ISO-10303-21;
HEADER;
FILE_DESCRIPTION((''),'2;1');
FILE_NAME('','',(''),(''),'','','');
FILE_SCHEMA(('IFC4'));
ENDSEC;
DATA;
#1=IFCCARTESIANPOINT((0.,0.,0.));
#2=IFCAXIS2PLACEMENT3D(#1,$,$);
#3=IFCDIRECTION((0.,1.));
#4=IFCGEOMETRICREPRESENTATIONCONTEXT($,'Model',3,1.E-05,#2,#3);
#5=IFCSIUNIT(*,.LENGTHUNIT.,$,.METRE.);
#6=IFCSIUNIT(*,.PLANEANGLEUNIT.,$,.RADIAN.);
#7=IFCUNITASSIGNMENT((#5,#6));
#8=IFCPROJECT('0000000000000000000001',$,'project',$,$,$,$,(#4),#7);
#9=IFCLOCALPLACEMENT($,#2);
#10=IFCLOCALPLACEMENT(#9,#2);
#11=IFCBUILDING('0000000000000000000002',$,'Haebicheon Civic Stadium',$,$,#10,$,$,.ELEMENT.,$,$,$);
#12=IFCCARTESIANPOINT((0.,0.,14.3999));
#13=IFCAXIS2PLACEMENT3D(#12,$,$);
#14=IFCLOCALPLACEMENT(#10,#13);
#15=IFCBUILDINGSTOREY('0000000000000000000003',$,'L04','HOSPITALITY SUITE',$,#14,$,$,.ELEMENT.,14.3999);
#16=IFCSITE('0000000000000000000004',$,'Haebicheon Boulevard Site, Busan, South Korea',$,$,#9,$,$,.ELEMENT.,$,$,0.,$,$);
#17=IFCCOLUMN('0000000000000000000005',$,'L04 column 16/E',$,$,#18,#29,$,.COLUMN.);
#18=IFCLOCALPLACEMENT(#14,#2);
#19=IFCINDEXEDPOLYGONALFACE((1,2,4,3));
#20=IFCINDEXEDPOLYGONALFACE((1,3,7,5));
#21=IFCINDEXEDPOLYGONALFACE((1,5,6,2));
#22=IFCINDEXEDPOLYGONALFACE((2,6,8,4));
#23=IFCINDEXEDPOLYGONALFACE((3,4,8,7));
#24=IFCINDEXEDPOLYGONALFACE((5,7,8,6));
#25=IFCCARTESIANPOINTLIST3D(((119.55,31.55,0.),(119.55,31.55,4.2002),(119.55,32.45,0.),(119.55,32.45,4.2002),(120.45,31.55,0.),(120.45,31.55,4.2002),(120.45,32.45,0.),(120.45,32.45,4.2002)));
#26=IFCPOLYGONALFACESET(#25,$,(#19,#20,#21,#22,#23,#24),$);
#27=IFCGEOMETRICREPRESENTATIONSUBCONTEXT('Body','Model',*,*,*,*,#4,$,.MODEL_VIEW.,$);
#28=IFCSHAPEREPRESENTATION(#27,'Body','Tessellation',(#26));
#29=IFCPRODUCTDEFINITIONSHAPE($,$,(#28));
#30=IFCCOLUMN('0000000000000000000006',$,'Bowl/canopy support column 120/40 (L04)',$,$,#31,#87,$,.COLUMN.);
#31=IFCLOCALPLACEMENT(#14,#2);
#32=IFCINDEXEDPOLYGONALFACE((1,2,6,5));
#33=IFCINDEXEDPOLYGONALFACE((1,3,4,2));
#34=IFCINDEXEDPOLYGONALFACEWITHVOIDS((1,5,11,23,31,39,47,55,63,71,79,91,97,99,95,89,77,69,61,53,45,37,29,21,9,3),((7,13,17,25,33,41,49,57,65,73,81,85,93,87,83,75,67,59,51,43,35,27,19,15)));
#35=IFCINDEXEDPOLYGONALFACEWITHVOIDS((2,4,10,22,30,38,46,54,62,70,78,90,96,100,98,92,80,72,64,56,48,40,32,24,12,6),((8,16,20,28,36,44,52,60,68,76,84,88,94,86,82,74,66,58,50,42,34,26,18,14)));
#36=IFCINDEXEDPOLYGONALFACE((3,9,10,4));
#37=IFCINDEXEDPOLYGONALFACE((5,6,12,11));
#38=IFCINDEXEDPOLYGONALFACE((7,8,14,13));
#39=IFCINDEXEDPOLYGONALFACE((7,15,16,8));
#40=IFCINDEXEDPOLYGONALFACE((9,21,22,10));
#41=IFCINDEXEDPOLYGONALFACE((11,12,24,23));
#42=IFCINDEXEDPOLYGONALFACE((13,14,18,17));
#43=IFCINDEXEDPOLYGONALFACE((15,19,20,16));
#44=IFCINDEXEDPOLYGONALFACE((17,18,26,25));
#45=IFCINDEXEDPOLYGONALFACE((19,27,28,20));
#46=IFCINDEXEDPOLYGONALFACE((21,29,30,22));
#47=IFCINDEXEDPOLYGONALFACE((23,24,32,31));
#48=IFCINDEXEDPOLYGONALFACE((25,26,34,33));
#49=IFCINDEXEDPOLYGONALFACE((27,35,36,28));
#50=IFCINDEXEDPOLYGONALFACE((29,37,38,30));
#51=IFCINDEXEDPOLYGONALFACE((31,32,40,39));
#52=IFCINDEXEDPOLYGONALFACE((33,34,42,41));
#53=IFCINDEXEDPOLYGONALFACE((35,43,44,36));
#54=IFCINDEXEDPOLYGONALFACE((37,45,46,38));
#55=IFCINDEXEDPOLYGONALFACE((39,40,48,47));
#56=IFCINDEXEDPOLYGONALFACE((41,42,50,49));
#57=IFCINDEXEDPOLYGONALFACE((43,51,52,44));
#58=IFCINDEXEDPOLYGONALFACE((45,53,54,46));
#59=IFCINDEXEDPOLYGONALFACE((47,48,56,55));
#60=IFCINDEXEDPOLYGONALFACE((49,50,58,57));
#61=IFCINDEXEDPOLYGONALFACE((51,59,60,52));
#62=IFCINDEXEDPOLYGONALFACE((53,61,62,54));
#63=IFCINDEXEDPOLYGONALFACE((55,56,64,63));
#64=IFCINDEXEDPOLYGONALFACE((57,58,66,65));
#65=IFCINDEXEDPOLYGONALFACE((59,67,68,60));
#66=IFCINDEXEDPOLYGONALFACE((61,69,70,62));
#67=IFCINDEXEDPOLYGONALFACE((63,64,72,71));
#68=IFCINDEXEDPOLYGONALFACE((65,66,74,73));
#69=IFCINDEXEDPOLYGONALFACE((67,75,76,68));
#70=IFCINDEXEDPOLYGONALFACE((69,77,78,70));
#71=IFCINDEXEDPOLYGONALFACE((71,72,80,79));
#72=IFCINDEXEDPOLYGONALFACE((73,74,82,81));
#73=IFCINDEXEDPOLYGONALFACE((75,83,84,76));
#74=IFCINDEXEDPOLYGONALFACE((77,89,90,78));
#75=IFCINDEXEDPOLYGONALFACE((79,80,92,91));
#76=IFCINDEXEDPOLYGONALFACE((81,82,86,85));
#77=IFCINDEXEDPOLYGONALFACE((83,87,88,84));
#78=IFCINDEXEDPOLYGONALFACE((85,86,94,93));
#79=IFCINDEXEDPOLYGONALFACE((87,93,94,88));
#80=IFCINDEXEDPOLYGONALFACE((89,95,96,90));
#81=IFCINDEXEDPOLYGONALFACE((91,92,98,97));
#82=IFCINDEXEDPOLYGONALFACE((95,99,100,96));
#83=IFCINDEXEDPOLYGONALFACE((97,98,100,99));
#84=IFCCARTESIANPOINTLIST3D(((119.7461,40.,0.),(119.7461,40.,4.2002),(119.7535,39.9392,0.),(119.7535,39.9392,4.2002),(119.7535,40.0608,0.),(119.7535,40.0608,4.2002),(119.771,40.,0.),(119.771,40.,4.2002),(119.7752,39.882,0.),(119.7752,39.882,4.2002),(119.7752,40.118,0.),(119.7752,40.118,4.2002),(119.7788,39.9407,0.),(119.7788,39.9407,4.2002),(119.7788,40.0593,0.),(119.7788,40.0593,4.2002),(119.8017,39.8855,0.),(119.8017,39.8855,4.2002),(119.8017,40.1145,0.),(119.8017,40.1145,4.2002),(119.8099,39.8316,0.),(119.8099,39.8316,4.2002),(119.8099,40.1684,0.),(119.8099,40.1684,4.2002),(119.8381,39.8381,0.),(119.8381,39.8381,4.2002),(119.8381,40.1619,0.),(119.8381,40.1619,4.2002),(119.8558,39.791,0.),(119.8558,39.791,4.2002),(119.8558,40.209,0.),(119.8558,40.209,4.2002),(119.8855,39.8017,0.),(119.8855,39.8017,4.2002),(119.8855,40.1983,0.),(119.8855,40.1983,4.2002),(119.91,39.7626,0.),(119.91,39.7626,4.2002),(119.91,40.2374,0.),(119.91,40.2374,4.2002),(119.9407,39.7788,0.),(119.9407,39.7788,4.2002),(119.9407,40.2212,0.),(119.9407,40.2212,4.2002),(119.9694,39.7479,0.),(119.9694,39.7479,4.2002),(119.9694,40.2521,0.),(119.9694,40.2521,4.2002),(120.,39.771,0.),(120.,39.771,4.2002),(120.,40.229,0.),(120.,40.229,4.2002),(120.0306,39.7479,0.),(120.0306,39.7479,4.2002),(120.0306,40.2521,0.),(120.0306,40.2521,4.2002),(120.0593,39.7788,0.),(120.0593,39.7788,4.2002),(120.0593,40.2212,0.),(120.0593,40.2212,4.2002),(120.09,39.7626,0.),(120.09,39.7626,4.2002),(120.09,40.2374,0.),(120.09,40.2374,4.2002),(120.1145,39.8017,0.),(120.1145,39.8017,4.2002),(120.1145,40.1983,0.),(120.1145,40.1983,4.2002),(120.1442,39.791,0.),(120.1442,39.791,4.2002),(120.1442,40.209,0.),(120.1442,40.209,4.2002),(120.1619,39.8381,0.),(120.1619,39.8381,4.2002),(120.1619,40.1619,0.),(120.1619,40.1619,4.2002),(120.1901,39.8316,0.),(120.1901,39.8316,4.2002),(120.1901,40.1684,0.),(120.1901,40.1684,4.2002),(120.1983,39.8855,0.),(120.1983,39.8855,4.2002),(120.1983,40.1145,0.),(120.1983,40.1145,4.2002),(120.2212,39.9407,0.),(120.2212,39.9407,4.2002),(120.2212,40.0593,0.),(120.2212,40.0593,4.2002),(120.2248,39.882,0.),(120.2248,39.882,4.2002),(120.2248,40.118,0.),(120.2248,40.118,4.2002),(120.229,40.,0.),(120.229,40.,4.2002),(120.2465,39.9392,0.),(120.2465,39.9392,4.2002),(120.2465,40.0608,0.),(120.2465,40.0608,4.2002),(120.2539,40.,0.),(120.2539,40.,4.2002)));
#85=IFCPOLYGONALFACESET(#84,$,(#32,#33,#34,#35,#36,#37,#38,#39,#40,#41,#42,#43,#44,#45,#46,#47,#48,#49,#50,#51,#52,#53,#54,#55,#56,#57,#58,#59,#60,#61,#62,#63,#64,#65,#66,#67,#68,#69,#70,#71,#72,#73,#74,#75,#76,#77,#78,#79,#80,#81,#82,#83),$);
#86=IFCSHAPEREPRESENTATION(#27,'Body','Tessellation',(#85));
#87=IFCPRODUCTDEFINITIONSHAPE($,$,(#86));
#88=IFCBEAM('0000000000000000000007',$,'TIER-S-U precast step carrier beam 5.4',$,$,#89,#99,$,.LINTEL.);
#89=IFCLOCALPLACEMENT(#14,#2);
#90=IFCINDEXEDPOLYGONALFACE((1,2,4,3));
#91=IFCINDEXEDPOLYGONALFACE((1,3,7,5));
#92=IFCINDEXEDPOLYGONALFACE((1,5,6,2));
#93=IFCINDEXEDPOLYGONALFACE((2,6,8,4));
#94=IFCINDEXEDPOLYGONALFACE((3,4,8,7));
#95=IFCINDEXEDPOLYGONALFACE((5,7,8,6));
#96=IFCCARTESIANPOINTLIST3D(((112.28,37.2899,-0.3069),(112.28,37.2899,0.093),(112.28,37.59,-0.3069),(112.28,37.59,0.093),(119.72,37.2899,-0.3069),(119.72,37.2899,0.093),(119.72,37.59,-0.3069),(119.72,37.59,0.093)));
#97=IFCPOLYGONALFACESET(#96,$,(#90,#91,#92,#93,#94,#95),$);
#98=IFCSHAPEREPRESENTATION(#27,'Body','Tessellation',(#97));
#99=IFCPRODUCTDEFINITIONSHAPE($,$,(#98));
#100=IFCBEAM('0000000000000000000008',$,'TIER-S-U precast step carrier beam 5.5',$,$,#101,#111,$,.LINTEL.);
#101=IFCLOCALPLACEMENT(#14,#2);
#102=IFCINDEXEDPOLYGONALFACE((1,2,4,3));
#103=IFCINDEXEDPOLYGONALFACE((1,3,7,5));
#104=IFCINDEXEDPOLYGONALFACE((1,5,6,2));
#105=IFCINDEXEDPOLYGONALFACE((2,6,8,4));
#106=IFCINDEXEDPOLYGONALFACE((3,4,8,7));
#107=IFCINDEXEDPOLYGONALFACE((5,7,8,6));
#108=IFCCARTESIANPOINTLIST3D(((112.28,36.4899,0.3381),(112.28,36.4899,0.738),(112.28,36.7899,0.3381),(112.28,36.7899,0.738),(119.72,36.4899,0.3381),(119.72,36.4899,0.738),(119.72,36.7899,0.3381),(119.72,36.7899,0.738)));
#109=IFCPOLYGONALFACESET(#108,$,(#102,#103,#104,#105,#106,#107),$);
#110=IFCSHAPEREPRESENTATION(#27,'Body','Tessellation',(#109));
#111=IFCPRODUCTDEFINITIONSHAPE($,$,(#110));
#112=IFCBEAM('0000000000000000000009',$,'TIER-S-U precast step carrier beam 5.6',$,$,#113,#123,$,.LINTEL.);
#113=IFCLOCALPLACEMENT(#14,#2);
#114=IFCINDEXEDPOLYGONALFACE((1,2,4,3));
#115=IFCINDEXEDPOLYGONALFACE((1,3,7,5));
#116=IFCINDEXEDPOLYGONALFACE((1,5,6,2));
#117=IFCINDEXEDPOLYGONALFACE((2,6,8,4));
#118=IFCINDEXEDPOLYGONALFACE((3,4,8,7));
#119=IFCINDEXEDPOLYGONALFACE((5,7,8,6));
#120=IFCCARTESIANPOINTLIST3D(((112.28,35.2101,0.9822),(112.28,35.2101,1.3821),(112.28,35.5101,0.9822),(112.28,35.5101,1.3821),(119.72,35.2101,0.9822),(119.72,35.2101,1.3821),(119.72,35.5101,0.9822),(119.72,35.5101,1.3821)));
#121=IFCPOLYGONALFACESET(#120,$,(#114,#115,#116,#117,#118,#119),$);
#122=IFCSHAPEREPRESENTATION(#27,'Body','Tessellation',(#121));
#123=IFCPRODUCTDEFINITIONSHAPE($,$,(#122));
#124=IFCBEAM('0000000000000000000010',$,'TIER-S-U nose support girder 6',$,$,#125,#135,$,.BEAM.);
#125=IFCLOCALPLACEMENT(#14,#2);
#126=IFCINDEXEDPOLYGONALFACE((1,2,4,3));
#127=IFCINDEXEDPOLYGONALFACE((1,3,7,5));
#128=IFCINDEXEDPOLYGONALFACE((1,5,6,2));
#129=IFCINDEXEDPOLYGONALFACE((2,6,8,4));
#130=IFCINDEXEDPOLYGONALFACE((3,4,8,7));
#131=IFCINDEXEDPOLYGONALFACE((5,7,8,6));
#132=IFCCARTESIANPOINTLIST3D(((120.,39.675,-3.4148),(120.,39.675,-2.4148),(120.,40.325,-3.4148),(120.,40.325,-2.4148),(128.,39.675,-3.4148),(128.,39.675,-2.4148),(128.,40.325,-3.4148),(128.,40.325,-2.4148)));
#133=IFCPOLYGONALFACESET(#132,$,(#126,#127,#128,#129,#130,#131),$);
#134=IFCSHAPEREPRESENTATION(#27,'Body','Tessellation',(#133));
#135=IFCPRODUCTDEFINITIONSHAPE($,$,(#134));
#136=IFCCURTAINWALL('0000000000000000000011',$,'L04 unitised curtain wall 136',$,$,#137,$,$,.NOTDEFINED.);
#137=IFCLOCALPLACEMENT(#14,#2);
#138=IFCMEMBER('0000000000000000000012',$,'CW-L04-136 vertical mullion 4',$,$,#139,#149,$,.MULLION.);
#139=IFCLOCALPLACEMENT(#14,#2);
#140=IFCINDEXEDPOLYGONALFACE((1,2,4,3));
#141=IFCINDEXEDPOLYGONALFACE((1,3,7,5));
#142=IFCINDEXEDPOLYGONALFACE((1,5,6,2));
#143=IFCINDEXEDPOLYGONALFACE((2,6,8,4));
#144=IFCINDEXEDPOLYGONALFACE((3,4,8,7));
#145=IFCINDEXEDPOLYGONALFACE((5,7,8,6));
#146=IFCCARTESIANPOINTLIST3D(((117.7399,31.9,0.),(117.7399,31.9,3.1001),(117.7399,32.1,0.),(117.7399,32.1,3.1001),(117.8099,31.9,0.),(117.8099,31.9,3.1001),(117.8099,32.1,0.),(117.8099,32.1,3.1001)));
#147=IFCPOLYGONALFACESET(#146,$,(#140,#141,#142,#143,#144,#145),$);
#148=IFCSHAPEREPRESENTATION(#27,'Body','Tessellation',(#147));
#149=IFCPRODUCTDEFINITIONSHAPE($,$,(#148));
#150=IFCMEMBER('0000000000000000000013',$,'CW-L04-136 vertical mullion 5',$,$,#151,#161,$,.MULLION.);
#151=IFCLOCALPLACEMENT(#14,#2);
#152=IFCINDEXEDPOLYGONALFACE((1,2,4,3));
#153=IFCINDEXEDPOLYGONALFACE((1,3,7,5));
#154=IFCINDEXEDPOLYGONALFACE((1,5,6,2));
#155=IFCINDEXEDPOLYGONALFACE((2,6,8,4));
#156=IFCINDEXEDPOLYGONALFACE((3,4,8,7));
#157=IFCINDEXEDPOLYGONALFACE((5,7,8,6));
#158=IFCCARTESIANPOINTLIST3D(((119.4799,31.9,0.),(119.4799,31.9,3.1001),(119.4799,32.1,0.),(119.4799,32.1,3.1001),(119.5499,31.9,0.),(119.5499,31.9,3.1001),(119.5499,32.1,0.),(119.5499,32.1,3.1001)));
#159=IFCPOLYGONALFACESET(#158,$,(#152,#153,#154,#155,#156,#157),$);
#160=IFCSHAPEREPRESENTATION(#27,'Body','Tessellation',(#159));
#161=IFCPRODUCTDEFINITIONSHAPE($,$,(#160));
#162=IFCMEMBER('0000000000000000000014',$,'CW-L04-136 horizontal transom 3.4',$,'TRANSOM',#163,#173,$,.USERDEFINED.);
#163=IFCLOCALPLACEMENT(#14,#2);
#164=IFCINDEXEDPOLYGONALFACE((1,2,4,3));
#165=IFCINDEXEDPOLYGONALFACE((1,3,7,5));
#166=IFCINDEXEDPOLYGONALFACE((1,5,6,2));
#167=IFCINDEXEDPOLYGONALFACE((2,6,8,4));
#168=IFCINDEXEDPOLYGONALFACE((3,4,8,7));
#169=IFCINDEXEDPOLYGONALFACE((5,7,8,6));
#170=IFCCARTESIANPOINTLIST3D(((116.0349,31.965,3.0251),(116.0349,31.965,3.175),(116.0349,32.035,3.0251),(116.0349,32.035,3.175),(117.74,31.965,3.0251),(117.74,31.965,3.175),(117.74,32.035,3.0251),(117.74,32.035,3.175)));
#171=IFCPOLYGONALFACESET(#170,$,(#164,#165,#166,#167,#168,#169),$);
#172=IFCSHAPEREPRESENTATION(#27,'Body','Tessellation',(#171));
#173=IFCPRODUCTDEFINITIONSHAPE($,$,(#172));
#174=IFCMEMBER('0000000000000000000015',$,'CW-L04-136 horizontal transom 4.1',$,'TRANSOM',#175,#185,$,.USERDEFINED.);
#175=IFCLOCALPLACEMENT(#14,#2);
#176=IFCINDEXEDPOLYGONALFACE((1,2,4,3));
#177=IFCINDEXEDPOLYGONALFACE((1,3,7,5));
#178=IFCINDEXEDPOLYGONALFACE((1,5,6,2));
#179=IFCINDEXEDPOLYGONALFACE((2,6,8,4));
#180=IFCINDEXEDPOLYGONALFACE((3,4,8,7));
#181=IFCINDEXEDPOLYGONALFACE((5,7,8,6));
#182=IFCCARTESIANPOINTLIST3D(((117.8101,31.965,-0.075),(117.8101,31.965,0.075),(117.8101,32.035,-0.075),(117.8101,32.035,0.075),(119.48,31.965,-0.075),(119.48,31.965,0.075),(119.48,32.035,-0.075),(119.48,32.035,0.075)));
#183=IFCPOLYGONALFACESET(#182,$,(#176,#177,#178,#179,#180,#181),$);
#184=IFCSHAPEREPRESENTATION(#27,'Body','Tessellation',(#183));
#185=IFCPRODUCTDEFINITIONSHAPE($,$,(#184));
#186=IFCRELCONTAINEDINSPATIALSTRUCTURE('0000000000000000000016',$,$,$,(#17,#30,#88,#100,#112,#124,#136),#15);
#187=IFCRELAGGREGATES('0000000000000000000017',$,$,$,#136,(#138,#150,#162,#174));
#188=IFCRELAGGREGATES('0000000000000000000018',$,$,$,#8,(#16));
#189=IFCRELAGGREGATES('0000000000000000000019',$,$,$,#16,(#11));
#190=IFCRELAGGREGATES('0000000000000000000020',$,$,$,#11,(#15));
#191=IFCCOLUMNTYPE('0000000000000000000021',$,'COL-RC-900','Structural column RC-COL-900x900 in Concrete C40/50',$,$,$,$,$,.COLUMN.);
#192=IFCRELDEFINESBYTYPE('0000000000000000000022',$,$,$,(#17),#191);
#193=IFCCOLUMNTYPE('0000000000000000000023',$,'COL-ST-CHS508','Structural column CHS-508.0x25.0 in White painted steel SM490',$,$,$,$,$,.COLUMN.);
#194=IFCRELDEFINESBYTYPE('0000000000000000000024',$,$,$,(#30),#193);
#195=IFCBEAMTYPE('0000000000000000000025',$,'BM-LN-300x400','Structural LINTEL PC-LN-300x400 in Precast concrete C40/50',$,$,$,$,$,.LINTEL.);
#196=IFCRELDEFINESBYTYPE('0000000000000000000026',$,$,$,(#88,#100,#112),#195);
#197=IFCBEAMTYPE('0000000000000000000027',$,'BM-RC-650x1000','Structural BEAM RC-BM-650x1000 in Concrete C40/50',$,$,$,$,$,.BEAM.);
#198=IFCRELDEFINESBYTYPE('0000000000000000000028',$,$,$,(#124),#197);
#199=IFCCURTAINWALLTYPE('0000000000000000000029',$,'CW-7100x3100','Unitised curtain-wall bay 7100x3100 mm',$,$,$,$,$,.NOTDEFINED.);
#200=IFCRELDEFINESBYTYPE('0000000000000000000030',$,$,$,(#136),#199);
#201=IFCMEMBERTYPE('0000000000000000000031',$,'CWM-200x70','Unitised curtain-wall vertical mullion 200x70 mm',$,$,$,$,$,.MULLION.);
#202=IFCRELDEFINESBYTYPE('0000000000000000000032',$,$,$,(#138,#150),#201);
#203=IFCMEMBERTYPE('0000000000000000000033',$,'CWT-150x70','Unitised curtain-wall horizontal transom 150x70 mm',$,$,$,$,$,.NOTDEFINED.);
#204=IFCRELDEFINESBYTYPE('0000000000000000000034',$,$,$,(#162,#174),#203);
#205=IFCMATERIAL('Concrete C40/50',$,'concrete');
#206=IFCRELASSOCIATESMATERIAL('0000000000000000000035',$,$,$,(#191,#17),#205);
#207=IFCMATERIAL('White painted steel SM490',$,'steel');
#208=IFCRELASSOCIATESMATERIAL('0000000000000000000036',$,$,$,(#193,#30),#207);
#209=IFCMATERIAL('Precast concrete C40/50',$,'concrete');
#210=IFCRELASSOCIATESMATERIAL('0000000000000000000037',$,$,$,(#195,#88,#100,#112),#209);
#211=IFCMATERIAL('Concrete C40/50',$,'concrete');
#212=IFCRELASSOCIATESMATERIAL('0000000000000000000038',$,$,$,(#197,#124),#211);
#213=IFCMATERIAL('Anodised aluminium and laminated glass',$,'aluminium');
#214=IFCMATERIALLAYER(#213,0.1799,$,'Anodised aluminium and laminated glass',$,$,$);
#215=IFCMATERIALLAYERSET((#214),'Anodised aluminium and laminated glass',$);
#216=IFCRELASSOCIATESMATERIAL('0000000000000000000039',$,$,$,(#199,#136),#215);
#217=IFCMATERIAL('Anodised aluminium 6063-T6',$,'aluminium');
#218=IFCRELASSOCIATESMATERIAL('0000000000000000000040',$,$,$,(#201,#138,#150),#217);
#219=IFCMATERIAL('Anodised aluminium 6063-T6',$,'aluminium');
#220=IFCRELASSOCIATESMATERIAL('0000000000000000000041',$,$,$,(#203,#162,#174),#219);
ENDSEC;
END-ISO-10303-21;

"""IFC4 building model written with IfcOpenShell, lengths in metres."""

from ifc_helpers import new_model, si_unit, direction, frame, origin, origin_2d, place, context, subcontext, project, spatial, rectangle, hollow_circle, extrude, material, layer, layer_set, material_profile, profile_set, type_object, element, aggregate, save


model = new_model("IFC4")

# Units and contexts
model_context = context("Model", 3, precision=1e-05, world=origin(), true_north=direction((0.0, 1.0)))
body_context = subcontext(model_context, "Body", "Model", "MODEL_VIEW")
ifc_project = project(units=[si_unit("LENGTHUNIT", "METRE"), si_unit("PLANEANGLEUNIT", "RADIAN")], contexts=[model_context])

# Site, building, storey
site_placement = place(None, origin())
site = spatial("IfcSite", under=ifc_project, at=site_placement, Name="Haebicheon Boulevard Site, Busan, South Korea", CompositionType="ELEMENT", RefElevation=0.0)
building_placement = place(site_placement, origin())
building = spatial("IfcBuilding", under=site, at=building_placement, Name="Haebicheon Civic Stadium", CompositionType="ELEMENT")
storey_placement = place(building_placement, frame((0.0, 0.0, 14.3999)))
storey = spatial("IfcBuildingStorey", under=building, at=storey_placement, Name="L04", Description="HOSPITALITY SUITE", CompositionType="ELEMENT", Elevation=14.3999)

# Columns
ifc_material_1 = material(Name="Concrete C40/50", Category="concrete")
ifc_material_profile_1 = material_profile(ifc_material_1, rectangle(XDim=0.8999, YDim=0.8999, at=origin_2d()), Name="RC-COL-900x900")
ifc_profile_set_1 = profile_set([ifc_material_profile_1], Name="Concrete C40/50")
column_type_1 = type_object("IfcColumnType", Name="COL-RC-900", Description="Structural column RC-COL-900x900 in Concrete C40/50", PredefinedType="COLUMN", material=ifc_profile_set_1)
column_1_placement = place(storey_placement, frame((120.0, 32.0, 0.0), z_axis=(0.0, 0.0, 1.0), x_axis=(1.0, 0.0, 0.0)))
element("IfcColumn", 1, at=column_1_placement, inside=storey, type_object=column_type_1, material=ifc_profile_set_1, Name="L04 column 16/E", PredefinedType="COLUMN", context=body_context, shape_type="SweptSolid", body=[
    extrude(rectangle(XDim=0.8999, YDim=0.8999, at=origin_2d()), origin(), (0.0, 0.0, 1.0), 4.2002),
])
ifc_material_2 = material(Name="White painted steel SM490", Category="steel")
ifc_material_profile_2 = material_profile(ifc_material_2, hollow_circle(Radius=0.2539, WallThickness=0.0249, at=origin_2d()), Name="CHS-508.0x25.0")
ifc_profile_set_2 = profile_set([ifc_material_profile_2], Name="White painted steel SM490")
column_type_2 = type_object("IfcColumnType", Name="COL-ST-CHS508", Description="Structural column CHS-508.0x25.0 in White painted steel SM490", PredefinedType="COLUMN", material=ifc_profile_set_2)
column_2_placement = place(storey_placement, frame((120.0, 40.0, 0.0), z_axis=(0.0, 0.0, 1.0), x_axis=(1.0, 0.0, 0.0)))
element("IfcColumn", 2, at=column_2_placement, inside=storey, type_object=column_type_2, material=ifc_profile_set_2, Name="Bowl/canopy support column 120/40 (L04)", PredefinedType="COLUMN", context=body_context, shape_type="SweptSolid", body=[
    extrude(hollow_circle(Radius=0.2539, WallThickness=0.0249, at=origin_2d()), origin(), (0.0, 0.0, 1.0), 4.2002),
])

# Beams
ifc_material_3 = material(Name="Precast concrete C40/50", Category="concrete")
ifc_material_profile_3 = material_profile(ifc_material_3, rectangle(XDim=0.3, YDim=0.3999, at=origin_2d()), Name="PC-LN-300x400")
ifc_profile_set_3 = profile_set([ifc_material_profile_3], Name="Precast concrete C40/50")
beam_type_1 = type_object("IfcBeamType", Name="BM-LN-300x400", Description="Structural LINTEL PC-LN-300x400 in Precast concrete C40/50", PredefinedType="LINTEL", material=ifc_profile_set_3)
for number, where, z_axis, x_axis, name in (
    (3, (112.28, 37.4399, -0.1069), (1.0, 0.0, 0.0), (0.0, 1.0, 0.0), "TIER-S-U precast step carrier beam 5.4"),
    (4, (112.28, 36.6399, 0.5381), (1.0, 0.0, 0.0), (0.0, 1.0, 0.0), "TIER-S-U precast step carrier beam 5.5"),
    (5, (112.28, 35.3601, 1.1821), (1.0, 0.0, 0.0), (0.0, 1.0, 0.0), "TIER-S-U precast step carrier beam 5.6"),
):
    element("IfcBeam", number, at=place(storey_placement, frame(where, z_axis=z_axis, x_axis=x_axis)), inside=storey, type_object=beam_type_1, material=ifc_profile_set_3, Name=name, PredefinedType="LINTEL", context=body_context, shape_type="SweptSolid", body=[
        extrude(rectangle(XDim=0.3, YDim=0.3999, at=origin_2d()), origin(), (0.0, 0.0, 1.0), 7.4399),
    ])
ifc_material_4 = material(Name="Concrete C40/50", Category="concrete")
ifc_material_profile_4 = material_profile(ifc_material_4, rectangle(XDim=0.6499, YDim=1.0, at=origin_2d()), Name="RC-BM-650x1000")
ifc_profile_set_4 = profile_set([ifc_material_profile_4], Name="Concrete C40/50")
beam_type_2 = type_object("IfcBeamType", Name="BM-RC-650x1000", Description="Structural BEAM RC-BM-650x1000 in Concrete C40/50", PredefinedType="BEAM", material=ifc_profile_set_4)
beam_1_placement = place(storey_placement, frame((120.0, 40.0, -2.9148), z_axis=(1.0, 0.0, 0.0), x_axis=(0.0, 1.0, 0.0)))
element("IfcBeam", 6, at=beam_1_placement, inside=storey, type_object=beam_type_2, material=ifc_profile_set_4, Name="TIER-S-U nose support girder 6", PredefinedType="BEAM", context=body_context, shape_type="SweptSolid", body=[
    extrude(rectangle(XDim=0.6499, YDim=1.0, at=origin_2d()), origin(), (0.0, 0.0, 1.0), 8.0),
])

# Curtain wall, members
ifc_material_5 = material(Name="Anodised aluminium and laminated glass", Category="aluminium")
ifc_layer_1 = layer(ifc_material_5, 0.1799, Name="Anodised aluminium and laminated glass")
ifc_layer_set_1 = layer_set([ifc_layer_1], Name="Anodised aluminium and laminated glass")
curtain_wall_type = type_object("IfcCurtainWallType", Name="CW-7100x3100", Description="Unitised curtain-wall bay 7100x3100 mm", PredefinedType="NOTDEFINED", material=ifc_layer_set_1)
curtain_wall_placement = place(storey_placement, origin())
curtain_wall = element("IfcCurtainWall", 7, at=curtain_wall_placement, inside=storey, type_object=curtain_wall_type, material=ifc_layer_set_1, Name="L04 unitised curtain wall 136", PredefinedType="NOTDEFINED")
ifc_material_6 = material(Name="Anodised aluminium 6063-T6", Category="aluminium")
ifc_material_profile_5 = material_profile(ifc_material_6, rectangle(XDim=0.0701, YDim=0.2, at=origin_2d()), Name="ALU-MULL-70x200")
ifc_profile_set_5 = profile_set([ifc_material_profile_5], Name="Anodised aluminium 6063-T6")
member_type_1 = type_object("IfcMemberType", Name="CWM-200x70", Description="Unitised curtain-wall vertical mullion 200x70 mm", PredefinedType="MULLION", material=ifc_profile_set_5)
member_1_placement = place(storey_placement, frame((117.7749, 32.0, 0.0), z_axis=(0.0, 0.0, 1.0), x_axis=(1.0, 0.0, 0.0)))
member_1 = element("IfcMember", 8, at=member_1_placement, type_object=member_type_1, material=ifc_profile_set_5, Name="CW-L04-136 vertical mullion 4", PredefinedType="MULLION", context=body_context, shape_type="SweptSolid", body=[
    extrude(rectangle(XDim=0.0701, YDim=0.2, at=origin_2d()), origin(), (0.0, 0.0, 1.0), 3.1001),
])
member_2_placement = place(storey_placement, frame((119.5149, 32.0, 0.0), z_axis=(0.0, 0.0, 1.0), x_axis=(1.0, 0.0, 0.0)))
member_2 = element("IfcMember", 9, at=member_2_placement, type_object=member_type_1, material=ifc_profile_set_5, Name="CW-L04-136 vertical mullion 5", PredefinedType="MULLION", context=body_context, shape_type="SweptSolid", body=[
    extrude(rectangle(XDim=0.0701, YDim=0.2, at=origin_2d()), origin(), (0.0, 0.0, 1.0), 3.1001),
])
ifc_material_7 = material(Name="Anodised aluminium 6063-T6", Category="aluminium")
ifc_material_profile_6 = material_profile(ifc_material_7, rectangle(XDim=0.0701, YDim=0.1499, at=origin_2d()), Name="ALU-TRAN-70x150")
ifc_profile_set_6 = profile_set([ifc_material_profile_6], Name="Anodised aluminium 6063-T6")
member_type_2 = type_object("IfcMemberType", Name="CWT-150x70", Description="Unitised curtain-wall horizontal transom 150x70 mm", PredefinedType="NOTDEFINED", material=ifc_profile_set_6)
member_3_placement = place(storey_placement, frame((116.0349, 32.0, 3.1001), z_axis=(1.0, 0.0, 0.0), x_axis=(0.0, 1.0, 0.0)))
member_3 = element("IfcMember", 10, at=member_3_placement, type_object=member_type_2, material=ifc_profile_set_6, Name="CW-L04-136 horizontal transom 3.4", ObjectType="TRANSOM", PredefinedType="USERDEFINED", context=body_context, shape_type="SweptSolid", body=[
    extrude(rectangle(XDim=0.0701, YDim=0.1499, at=origin_2d()), origin(), (0.0, 0.0, 1.0), 1.7051),
])
member_4_placement = place(storey_placement, frame((117.8101, 32.0, 0.0), z_axis=(1.0, 0.0, 0.0), x_axis=(0.0, 1.0, 0.0)))
member_4 = element("IfcMember", 11, at=member_4_placement, type_object=member_type_2, material=ifc_profile_set_6, Name="CW-L04-136 horizontal transom 4.1", ObjectType="TRANSOM", PredefinedType="USERDEFINED", context=body_context, shape_type="SweptSolid", body=[
    extrude(rectangle(XDim=0.0701, YDim=0.1499, at=origin_2d()), origin(), (0.0, 0.0, 1.0), 1.6699),
])

aggregate(curtain_wall, [member_1, member_2, member_3, member_4])

save(model, "model.ifc")
